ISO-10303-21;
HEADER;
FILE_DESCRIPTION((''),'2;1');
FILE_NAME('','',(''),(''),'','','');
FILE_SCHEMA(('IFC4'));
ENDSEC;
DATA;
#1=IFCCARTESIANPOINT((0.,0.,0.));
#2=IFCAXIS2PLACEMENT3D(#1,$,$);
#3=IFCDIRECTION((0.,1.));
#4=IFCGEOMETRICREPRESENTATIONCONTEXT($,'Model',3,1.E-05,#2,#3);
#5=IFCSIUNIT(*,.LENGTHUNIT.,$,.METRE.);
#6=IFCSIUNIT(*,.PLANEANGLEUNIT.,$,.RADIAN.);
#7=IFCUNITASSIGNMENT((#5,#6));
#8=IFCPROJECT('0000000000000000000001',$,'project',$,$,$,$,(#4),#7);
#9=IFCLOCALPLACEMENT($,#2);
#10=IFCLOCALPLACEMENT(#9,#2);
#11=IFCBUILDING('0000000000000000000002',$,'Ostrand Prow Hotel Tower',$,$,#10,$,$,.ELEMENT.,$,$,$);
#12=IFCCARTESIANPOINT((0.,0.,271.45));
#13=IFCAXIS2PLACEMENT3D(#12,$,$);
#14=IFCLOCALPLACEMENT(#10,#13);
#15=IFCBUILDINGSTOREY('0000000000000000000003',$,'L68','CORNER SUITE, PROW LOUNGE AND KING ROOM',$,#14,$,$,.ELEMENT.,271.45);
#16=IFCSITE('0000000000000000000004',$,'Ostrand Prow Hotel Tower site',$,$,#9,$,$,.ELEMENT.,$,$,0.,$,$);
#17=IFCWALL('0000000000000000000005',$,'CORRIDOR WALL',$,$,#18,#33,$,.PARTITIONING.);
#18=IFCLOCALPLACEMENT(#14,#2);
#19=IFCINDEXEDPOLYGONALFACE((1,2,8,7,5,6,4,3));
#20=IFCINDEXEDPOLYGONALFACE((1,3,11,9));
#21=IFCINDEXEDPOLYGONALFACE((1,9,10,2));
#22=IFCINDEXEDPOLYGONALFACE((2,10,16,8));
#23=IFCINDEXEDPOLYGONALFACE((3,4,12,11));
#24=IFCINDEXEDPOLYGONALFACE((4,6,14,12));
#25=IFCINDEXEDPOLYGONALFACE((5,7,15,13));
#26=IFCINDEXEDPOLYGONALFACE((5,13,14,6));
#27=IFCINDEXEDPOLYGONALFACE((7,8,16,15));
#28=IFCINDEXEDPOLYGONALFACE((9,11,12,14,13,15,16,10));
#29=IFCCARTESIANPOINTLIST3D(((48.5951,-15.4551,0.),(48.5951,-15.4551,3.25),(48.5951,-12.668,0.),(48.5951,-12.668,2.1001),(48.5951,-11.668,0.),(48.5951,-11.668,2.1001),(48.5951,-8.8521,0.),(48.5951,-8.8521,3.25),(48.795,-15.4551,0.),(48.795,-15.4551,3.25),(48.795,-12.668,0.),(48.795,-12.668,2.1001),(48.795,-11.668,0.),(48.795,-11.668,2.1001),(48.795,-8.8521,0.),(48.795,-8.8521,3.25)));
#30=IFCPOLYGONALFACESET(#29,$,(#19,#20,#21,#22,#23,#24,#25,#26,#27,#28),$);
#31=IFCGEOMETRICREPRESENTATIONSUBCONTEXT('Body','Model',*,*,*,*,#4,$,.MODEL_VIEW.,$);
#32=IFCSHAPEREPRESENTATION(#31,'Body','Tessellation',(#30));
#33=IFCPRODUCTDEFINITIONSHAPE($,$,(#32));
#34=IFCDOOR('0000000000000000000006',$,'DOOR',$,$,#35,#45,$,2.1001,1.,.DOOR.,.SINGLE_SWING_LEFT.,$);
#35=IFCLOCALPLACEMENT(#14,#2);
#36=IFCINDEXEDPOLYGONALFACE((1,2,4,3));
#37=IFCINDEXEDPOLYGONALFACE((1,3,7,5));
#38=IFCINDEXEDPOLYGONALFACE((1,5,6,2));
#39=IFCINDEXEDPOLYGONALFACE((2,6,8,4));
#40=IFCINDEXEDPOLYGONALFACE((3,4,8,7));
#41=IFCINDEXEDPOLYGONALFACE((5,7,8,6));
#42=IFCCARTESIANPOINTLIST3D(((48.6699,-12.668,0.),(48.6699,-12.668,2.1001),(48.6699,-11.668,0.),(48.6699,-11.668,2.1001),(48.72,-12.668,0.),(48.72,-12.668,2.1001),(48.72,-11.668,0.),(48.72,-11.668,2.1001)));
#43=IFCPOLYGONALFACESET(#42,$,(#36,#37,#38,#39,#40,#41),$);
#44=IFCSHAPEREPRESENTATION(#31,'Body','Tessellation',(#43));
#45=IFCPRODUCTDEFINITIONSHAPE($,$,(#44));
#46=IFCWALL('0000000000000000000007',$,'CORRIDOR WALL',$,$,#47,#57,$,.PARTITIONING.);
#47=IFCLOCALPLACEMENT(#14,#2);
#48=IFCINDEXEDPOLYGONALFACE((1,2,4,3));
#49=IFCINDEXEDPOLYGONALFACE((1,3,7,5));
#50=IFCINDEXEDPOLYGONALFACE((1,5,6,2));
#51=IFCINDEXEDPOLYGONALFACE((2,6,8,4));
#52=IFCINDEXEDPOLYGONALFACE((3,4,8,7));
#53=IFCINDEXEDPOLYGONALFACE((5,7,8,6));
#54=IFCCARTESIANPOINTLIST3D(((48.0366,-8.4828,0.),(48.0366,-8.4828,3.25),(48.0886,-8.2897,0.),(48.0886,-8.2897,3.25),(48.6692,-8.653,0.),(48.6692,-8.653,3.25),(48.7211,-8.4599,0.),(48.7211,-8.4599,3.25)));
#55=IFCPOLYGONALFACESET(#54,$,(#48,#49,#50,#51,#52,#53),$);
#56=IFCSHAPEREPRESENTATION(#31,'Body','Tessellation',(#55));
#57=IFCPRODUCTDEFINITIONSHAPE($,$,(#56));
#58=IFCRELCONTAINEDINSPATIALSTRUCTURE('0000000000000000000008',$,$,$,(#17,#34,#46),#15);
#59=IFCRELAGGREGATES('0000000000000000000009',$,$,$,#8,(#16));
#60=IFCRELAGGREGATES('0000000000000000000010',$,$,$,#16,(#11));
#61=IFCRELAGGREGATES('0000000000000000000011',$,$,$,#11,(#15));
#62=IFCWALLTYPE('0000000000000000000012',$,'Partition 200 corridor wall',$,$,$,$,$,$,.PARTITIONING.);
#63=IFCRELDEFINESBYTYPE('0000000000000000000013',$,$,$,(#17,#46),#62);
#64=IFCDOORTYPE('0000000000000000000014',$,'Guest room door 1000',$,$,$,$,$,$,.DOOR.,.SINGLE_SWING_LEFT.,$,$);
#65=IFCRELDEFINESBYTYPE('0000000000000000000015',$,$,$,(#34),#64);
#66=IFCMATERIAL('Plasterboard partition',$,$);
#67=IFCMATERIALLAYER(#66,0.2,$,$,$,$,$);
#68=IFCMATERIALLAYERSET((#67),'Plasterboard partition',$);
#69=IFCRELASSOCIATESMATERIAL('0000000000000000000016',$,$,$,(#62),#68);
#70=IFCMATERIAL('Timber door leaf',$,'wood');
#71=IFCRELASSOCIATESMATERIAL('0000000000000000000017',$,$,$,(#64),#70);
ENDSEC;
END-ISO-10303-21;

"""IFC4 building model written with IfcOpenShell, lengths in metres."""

from ifc_helpers import new_model, si_unit, direction, frame, frame_2d, origin, place, context, subcontext, project, spatial, rectangle, extrude, material, layer, layer_set, type_object, element, fill, save


model = new_model("IFC4")

# Units and contexts
model_context = context("Model", 3, precision=1e-05, world=origin(), true_north=direction((0.0, 1.0)))
body_context = subcontext(model_context, "Body", "Model", "MODEL_VIEW")
ifc_project = project(units=[si_unit("LENGTHUNIT", "METRE"), si_unit("PLANEANGLEUNIT", "RADIAN")], contexts=[model_context])

# Site, building, storey
site_placement = place(None, origin())
site = spatial("IfcSite", under=ifc_project, at=site_placement, Name="Ostrand Prow Hotel Tower site", CompositionType="ELEMENT", RefElevation=0.0)
building_placement = place(site_placement, origin())
building = spatial("IfcBuilding", under=site, at=building_placement, Name="Ostrand Prow Hotel Tower", CompositionType="ELEMENT")
storey_placement = place(building_placement, frame((0.0, 0.0, 271.45)))
storey = spatial("IfcBuildingStorey", under=building, at=storey_placement, Name="L68", Description="CORNER SUITE, PROW LOUNGE AND KING ROOM", CompositionType="ELEMENT", Elevation=271.45)

# Shared definitions
ifc_material_1 = material(Name="Plasterboard partition")
ifc_layer_1 = layer(ifc_material_1, 0.2)
ifc_layer_set_1 = layer_set([ifc_layer_1], Name="Plasterboard partition")
wall_type_1 = type_object("IfcWallType", Name="Partition 200 corridor wall", PredefinedType="PARTITIONING", material=ifc_layer_set_1)

# Wall, opening, door
wall_1_placement = place(storey_placement, frame((48.6951, -8.8521, 0.0), z_axis=(0.0, 0.0, 1.0), x_axis=(0.0, -1.0, 0.0)))
wall_1 = element("IfcWall", 1, at=wall_1_placement, inside=storey, type_object=wall_type_1, Name="CORRIDOR WALL", PredefinedType="PARTITIONING", context=body_context, shape_type="SweptSolid", body=[
    extrude(rectangle(XDim=6.603, YDim=0.2, at=frame_2d((3.3015, 0.0))), origin(), (0.0, 0.0, 1.0), 3.25),
])
opening_1_placement = place(wall_1_placement, frame((2.8159, 0.0, 0.0)))
opening_1 = element("IfcOpeningElement", 2, at=opening_1_placement, cuts=wall_1, PredefinedType="OPENING", context=body_context, shape_type="SweptSolid", body=[
    extrude(rectangle(XDim=1.0, YDim=2.1001, at=frame_2d((0.5, 1.05))), frame((0.0, 0.1099, 0.0), z_axis=(0.0, -1.0, 0.0), x_axis=(1.0, 0.0, 0.0)), (0.0, 0.0, 1.0), 0.22),
])
ifc_material_2 = material(Name="Timber door leaf", Category="wood")
door_type_1 = type_object("IfcDoorType", Name="Guest room door 1000", OperationType="SINGLE_SWING_LEFT", PredefinedType="DOOR", material=ifc_material_2)
door_1_placement = place(opening_1_placement, origin())
door_1 = element("IfcDoor", 3, at=door_1_placement, inside=storey, type_object=door_type_1, Name="DOOR", OperationType="SINGLE_SWING_LEFT", OverallHeight=2.1001, OverallWidth=1.0, PredefinedType="DOOR", context=body_context, shape_type="SweptSolid", body=[
    extrude(rectangle(XDim=1.0, YDim=2.1001, at=frame_2d((0.5, 1.05))), frame((0.0, 0.0249, 0.0), z_axis=(0.0, -1.0, 0.0), x_axis=(1.0, 0.0, 0.0)), (0.0, 0.0, 1.0), 0.05),
])
fill(opening_1, door_1)

# Wall
wall_2_placement = place(storey_placement, frame((48.0625, -8.3862, 0.0), z_axis=(0.0, 0.0, 1.0), x_axis=(0.96567, -0.259773, 0.0)))
element("IfcWall", 4, at=wall_2_placement, inside=storey, type_object=wall_type_1, Name="CORRIDOR WALL", PredefinedType="PARTITIONING", context=body_context, shape_type="SweptSolid", body=[
    extrude(rectangle(XDim=0.655, YDim=0.2, at=frame_2d((0.3276, 0.0))), origin(), (0.0, 0.0, 1.0), 3.25),
])

save(model, "model.ifc")
